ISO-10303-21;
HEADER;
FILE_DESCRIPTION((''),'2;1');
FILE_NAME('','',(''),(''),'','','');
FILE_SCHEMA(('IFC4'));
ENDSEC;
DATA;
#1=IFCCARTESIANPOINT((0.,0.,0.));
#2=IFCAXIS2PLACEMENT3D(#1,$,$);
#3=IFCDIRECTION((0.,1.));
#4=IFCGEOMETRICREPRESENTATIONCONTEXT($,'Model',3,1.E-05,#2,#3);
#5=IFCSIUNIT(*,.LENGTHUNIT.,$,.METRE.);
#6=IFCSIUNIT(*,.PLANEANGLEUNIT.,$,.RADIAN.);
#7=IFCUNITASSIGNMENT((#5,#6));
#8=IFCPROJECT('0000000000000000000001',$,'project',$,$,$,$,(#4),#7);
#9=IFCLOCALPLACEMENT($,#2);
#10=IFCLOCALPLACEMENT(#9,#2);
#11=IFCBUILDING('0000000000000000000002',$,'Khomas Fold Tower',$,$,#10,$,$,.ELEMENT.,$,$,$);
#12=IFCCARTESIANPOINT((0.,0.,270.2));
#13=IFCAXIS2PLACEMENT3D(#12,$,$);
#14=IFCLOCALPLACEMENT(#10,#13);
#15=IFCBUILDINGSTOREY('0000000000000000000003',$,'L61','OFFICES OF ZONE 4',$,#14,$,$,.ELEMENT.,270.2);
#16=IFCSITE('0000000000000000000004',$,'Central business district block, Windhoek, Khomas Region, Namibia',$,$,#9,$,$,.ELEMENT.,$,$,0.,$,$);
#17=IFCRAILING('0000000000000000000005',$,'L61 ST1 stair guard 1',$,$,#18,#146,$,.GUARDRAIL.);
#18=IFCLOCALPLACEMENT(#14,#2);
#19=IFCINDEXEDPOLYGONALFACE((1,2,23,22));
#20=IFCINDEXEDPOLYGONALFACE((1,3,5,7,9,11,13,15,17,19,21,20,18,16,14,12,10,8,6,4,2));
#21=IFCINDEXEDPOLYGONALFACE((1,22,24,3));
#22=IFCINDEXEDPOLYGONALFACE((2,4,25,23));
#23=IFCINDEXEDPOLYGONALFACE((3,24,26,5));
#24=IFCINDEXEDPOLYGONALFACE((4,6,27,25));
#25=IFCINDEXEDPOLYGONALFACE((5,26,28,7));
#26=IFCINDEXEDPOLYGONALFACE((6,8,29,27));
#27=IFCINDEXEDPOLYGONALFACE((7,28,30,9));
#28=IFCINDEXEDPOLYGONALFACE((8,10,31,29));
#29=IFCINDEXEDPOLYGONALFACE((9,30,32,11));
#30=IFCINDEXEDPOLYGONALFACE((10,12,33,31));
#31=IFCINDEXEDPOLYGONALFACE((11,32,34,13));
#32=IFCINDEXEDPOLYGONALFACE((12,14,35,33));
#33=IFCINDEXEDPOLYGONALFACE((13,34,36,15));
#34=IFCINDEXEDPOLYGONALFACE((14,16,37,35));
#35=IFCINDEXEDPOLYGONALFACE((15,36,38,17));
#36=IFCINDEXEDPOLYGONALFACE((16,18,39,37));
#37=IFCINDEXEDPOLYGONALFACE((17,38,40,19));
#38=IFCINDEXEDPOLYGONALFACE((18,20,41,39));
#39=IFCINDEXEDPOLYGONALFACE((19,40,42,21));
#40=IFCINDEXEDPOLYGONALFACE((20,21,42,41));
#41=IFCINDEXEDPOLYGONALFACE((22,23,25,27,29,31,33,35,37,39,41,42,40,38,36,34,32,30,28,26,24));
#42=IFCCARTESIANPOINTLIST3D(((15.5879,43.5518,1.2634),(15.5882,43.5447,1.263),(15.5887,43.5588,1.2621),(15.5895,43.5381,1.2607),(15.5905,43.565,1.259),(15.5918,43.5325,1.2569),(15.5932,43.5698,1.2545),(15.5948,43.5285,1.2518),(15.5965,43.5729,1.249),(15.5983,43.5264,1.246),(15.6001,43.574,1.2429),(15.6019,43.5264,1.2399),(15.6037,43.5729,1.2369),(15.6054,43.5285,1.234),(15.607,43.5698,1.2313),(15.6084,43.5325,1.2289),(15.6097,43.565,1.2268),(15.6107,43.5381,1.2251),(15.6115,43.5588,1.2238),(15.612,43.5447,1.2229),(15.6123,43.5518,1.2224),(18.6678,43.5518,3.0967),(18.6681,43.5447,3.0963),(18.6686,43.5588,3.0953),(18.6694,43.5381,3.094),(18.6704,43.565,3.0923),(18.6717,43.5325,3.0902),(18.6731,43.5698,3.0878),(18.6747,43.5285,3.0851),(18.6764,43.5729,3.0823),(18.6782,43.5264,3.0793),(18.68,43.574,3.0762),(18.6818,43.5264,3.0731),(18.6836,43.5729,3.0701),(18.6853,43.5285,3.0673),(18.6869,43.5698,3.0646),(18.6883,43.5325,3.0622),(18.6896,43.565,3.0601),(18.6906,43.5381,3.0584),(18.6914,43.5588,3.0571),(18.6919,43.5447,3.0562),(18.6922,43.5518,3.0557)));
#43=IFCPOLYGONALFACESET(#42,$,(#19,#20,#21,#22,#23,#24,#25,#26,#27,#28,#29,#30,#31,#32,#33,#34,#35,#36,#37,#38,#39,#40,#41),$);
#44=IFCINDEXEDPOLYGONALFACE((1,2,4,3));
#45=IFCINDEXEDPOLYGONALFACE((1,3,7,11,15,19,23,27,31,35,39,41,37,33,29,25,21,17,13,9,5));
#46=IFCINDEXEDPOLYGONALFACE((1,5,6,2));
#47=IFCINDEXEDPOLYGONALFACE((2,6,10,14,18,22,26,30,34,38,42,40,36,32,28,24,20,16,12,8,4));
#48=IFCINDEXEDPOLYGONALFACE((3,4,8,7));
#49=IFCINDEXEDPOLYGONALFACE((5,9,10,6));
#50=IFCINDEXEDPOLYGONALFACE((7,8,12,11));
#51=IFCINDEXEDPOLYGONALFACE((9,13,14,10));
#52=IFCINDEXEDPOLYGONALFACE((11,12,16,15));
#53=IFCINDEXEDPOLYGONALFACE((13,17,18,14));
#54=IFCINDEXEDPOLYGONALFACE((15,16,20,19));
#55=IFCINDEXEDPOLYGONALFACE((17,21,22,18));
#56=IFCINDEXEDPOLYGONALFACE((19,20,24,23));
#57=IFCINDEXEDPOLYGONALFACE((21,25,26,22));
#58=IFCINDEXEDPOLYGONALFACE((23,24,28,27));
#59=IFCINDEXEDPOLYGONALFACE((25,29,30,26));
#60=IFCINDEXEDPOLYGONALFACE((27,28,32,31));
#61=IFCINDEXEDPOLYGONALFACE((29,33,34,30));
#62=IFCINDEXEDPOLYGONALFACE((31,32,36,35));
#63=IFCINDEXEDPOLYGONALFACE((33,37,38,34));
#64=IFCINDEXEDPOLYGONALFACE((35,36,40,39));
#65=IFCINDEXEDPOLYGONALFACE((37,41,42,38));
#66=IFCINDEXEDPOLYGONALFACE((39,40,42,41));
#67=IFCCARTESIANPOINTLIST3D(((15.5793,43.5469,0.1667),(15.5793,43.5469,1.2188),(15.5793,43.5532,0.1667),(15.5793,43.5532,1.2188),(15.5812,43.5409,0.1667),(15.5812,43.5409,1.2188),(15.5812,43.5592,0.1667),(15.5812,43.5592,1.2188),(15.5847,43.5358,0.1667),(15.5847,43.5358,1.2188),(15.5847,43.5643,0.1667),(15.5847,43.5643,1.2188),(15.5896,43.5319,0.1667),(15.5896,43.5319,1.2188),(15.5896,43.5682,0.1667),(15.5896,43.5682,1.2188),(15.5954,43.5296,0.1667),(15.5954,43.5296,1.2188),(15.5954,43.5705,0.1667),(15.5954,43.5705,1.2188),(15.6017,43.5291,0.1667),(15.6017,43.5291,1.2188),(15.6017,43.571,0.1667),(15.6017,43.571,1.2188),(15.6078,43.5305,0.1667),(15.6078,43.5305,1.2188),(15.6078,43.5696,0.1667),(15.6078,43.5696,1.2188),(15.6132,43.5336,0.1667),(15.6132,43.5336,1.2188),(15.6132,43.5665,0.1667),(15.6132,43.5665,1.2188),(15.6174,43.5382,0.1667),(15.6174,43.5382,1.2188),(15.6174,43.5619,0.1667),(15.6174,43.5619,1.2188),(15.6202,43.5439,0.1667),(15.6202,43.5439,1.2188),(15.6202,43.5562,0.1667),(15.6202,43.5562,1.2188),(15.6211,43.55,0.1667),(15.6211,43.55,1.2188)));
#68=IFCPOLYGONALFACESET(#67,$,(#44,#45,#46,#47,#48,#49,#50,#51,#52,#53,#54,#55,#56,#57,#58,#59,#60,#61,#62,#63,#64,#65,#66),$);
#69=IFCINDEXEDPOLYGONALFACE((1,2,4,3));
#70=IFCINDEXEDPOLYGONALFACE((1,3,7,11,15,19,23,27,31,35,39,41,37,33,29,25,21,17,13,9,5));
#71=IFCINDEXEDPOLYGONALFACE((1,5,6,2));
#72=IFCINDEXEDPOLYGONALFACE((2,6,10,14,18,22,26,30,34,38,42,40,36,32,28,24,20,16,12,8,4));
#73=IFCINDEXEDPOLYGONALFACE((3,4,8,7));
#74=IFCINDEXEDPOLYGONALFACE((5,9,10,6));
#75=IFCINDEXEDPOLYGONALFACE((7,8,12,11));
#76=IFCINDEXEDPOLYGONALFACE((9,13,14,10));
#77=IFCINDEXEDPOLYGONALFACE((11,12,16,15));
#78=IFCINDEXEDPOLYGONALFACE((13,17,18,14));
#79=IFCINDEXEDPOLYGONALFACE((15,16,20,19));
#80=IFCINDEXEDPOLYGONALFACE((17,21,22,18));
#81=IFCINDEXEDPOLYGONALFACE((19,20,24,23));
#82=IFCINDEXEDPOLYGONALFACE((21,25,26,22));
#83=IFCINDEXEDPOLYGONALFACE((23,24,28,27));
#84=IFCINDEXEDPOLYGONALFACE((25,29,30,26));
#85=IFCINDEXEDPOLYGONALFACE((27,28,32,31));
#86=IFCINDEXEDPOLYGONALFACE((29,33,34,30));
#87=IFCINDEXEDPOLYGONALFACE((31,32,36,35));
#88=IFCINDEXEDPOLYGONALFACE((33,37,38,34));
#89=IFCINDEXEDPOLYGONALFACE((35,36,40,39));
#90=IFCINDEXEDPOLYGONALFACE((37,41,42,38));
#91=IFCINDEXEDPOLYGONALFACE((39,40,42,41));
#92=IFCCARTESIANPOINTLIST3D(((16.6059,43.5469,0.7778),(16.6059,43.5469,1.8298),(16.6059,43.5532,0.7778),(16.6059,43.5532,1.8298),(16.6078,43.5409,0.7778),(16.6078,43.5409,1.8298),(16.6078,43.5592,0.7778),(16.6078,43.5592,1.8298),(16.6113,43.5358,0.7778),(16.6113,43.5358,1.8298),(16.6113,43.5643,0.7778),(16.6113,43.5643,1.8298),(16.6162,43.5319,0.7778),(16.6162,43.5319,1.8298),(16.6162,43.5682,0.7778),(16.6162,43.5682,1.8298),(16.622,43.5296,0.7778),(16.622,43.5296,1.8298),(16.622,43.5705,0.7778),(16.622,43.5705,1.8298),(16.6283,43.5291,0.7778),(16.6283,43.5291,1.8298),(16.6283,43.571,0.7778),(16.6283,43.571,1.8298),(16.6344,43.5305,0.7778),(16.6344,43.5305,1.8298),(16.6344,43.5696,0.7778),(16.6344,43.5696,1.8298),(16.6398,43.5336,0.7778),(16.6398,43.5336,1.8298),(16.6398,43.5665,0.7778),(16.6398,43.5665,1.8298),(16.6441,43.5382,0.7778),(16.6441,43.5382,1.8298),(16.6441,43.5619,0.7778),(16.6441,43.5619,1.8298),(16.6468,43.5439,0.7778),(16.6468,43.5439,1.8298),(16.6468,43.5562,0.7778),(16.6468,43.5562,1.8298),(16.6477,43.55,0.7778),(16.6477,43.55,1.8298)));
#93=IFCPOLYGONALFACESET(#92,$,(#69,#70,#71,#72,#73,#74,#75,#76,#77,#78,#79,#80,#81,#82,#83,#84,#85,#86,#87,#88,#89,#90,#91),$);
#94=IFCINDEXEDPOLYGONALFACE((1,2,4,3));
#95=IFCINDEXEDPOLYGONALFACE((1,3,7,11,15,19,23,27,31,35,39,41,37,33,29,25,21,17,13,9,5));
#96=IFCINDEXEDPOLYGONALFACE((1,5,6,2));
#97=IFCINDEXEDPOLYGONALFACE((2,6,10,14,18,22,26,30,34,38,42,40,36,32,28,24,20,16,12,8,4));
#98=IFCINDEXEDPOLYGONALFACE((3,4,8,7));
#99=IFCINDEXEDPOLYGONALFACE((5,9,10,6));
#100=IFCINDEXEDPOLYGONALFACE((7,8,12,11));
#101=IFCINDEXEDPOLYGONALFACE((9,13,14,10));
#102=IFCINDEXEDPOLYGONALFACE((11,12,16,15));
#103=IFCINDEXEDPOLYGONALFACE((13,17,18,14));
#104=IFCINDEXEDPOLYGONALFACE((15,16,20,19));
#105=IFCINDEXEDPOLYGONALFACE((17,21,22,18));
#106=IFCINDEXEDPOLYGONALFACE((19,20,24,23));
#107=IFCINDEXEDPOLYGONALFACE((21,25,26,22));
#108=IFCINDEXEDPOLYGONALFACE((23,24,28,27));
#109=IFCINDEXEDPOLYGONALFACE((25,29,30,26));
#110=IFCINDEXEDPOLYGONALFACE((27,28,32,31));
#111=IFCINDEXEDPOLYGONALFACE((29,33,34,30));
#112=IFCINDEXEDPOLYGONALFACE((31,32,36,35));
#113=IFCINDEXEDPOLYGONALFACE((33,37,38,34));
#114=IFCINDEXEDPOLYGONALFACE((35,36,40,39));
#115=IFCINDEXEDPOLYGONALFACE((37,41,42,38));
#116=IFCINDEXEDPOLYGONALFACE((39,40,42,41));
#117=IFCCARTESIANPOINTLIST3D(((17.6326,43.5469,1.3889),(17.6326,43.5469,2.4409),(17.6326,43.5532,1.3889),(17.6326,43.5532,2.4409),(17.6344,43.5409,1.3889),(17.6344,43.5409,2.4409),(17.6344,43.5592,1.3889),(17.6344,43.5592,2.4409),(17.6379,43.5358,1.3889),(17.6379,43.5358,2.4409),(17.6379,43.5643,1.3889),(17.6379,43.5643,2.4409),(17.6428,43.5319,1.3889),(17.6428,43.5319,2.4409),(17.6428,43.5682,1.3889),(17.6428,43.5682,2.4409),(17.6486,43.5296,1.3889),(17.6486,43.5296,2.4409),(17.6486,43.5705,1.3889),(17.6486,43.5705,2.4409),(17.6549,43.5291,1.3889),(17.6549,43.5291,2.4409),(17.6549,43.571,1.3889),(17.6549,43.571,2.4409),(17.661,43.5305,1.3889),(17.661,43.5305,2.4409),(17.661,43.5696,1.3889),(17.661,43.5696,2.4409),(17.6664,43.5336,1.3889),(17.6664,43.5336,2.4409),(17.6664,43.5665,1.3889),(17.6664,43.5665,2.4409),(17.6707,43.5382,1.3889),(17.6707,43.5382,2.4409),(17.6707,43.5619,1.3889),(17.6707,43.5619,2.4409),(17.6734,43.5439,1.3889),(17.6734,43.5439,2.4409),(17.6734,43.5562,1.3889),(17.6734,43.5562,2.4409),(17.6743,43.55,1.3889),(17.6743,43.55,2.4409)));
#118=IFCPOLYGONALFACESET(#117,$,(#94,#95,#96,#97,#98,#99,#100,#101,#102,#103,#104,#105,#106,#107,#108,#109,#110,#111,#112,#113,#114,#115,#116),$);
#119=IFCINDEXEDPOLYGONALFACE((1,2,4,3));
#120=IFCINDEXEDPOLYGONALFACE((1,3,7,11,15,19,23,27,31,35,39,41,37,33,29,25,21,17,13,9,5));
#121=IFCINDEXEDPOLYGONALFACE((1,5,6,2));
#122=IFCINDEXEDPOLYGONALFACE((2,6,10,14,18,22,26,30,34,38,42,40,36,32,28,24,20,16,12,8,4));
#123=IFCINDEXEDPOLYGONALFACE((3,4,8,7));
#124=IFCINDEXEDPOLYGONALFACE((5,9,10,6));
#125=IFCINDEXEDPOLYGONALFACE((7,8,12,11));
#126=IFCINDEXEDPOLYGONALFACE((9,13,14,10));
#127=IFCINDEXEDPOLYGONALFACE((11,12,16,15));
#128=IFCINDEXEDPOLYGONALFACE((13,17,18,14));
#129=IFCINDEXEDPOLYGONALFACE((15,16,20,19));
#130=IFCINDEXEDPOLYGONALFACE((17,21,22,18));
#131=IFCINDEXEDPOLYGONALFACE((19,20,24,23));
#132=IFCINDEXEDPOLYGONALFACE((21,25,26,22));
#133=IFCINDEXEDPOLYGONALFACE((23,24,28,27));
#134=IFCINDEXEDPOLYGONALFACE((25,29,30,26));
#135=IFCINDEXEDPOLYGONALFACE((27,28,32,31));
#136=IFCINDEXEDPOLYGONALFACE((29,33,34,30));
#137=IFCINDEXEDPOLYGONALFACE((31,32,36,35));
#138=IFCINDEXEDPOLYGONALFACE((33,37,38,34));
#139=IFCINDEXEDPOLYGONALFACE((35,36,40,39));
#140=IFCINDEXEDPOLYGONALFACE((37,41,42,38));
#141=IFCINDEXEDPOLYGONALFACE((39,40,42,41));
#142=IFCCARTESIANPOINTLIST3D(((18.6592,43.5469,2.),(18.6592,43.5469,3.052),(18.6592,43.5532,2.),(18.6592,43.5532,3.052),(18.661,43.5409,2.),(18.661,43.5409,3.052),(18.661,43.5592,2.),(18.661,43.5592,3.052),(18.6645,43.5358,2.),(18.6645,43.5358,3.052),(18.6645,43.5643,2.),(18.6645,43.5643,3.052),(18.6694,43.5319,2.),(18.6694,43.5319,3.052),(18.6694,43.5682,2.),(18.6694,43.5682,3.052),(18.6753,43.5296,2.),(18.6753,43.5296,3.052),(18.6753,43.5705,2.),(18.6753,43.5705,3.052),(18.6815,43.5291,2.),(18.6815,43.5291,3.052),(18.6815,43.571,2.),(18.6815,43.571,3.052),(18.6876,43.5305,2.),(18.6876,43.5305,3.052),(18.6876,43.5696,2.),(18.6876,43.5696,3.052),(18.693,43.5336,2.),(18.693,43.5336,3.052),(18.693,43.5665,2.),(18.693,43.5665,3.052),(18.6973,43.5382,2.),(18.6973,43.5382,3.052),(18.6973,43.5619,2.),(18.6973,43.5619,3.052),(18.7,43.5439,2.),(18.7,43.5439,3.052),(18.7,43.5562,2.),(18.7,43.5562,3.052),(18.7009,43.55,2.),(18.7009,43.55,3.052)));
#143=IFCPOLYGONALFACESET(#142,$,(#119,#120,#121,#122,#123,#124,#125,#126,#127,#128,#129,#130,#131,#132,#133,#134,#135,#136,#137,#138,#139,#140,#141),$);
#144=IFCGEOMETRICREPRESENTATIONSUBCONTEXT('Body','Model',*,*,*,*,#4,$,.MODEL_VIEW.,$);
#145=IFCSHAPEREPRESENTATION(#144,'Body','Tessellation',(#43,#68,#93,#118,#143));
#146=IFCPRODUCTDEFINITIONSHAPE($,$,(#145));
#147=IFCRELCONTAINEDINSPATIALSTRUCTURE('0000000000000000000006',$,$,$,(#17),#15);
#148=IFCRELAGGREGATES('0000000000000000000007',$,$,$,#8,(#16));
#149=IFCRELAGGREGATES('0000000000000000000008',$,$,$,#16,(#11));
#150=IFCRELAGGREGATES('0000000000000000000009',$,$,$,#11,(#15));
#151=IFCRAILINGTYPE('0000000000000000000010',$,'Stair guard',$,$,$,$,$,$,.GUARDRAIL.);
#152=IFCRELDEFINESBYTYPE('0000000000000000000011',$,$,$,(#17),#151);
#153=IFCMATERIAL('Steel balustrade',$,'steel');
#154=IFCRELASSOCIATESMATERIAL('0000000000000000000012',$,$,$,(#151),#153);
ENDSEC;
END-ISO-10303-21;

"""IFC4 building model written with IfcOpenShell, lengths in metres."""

from ifc_helpers import new_model, si_unit, direction, frame, origin, origin_2d, place, context, subcontext, project, spatial, circle, extrude, source, transform, mapped, material, type_object, element, save


model = new_model("IFC4")

# Units and contexts
model_context = context("Model", 3, precision=1e-05, world=origin(), true_north=direction((0.0, 1.0)))
body_context = subcontext(model_context, "Body", "Model", "MODEL_VIEW")
ifc_project = project(units=[si_unit("LENGTHUNIT", "METRE"), si_unit("PLANEANGLEUNIT", "RADIAN")], contexts=[model_context])

# Site, building, storey
site_placement = place(None, origin())
site = spatial("IfcSite", under=ifc_project, at=site_placement, Name="Central business district block, Windhoek, Khomas Region, Namibia", CompositionType="ELEMENT", RefElevation=0.0)
building_placement = place(site_placement, origin())
building = spatial("IfcBuilding", under=site, at=building_placement, Name="Khomas Fold Tower", CompositionType="ELEMENT")
storey_placement = place(building_placement, frame((0.0, 0.0, 270.2)))
storey = spatial("IfcBuildingStorey", under=building, at=storey_placement, Name="L61", Description="OFFICES OF ZONE 4", CompositionType="ELEMENT", Elevation=270.2)

# Railing
ifc_material_1 = material(Name="Steel balustrade", Category="steel")
railing_type_1 = type_object("IfcRailingType", Name="Stair guard", PredefinedType="GUARDRAIL", material=ifc_material_1)
shared_shape_1 = source(origin(), body_context, "Body", "SweptSolid", [
    extrude(circle(Radius=0.0239, at=origin_2d()), frame((0.0, 0.0, 1.0762), z_axis=(0.859291, 0.0, 0.511487), x_axis=(0.0, 1.0, 0.0)), (0.0, 0.0, 1.0), 3.5842),
    extrude(circle(Radius=0.021, at=origin_2d()), origin(), (0.0, 0.0, 1.0), 1.052),
    extrude(circle(Radius=0.021, at=origin_2d()), frame((1.0266, 0.0, 0.6111)), (0.0, 0.0, 1.0), 1.052),
    extrude(circle(Radius=0.021, at=origin_2d()), frame((2.0532, 0.0, 1.2222)), (0.0, 0.0, 1.0), 1.052),
    extrude(circle(Radius=0.021, at=origin_2d()), frame((3.0798, 0.0, 1.8333)), (0.0, 0.0, 1.0), 1.052),
])
railing_1_placement = place(storey_placement, frame((15.6001, 43.55, 0.1667)))
element("IfcRailing", 1, at=railing_1_placement, inside=storey, type_object=railing_type_1, Name="L61 ST1 stair guard 1", PredefinedType="GUARDRAIL", context=body_context, shape_type="MappedRepresentation", body=[
    mapped(shared_shape_1, transform((0.0, 0.0, 0.0))),
])

save(model, "model.ifc")
